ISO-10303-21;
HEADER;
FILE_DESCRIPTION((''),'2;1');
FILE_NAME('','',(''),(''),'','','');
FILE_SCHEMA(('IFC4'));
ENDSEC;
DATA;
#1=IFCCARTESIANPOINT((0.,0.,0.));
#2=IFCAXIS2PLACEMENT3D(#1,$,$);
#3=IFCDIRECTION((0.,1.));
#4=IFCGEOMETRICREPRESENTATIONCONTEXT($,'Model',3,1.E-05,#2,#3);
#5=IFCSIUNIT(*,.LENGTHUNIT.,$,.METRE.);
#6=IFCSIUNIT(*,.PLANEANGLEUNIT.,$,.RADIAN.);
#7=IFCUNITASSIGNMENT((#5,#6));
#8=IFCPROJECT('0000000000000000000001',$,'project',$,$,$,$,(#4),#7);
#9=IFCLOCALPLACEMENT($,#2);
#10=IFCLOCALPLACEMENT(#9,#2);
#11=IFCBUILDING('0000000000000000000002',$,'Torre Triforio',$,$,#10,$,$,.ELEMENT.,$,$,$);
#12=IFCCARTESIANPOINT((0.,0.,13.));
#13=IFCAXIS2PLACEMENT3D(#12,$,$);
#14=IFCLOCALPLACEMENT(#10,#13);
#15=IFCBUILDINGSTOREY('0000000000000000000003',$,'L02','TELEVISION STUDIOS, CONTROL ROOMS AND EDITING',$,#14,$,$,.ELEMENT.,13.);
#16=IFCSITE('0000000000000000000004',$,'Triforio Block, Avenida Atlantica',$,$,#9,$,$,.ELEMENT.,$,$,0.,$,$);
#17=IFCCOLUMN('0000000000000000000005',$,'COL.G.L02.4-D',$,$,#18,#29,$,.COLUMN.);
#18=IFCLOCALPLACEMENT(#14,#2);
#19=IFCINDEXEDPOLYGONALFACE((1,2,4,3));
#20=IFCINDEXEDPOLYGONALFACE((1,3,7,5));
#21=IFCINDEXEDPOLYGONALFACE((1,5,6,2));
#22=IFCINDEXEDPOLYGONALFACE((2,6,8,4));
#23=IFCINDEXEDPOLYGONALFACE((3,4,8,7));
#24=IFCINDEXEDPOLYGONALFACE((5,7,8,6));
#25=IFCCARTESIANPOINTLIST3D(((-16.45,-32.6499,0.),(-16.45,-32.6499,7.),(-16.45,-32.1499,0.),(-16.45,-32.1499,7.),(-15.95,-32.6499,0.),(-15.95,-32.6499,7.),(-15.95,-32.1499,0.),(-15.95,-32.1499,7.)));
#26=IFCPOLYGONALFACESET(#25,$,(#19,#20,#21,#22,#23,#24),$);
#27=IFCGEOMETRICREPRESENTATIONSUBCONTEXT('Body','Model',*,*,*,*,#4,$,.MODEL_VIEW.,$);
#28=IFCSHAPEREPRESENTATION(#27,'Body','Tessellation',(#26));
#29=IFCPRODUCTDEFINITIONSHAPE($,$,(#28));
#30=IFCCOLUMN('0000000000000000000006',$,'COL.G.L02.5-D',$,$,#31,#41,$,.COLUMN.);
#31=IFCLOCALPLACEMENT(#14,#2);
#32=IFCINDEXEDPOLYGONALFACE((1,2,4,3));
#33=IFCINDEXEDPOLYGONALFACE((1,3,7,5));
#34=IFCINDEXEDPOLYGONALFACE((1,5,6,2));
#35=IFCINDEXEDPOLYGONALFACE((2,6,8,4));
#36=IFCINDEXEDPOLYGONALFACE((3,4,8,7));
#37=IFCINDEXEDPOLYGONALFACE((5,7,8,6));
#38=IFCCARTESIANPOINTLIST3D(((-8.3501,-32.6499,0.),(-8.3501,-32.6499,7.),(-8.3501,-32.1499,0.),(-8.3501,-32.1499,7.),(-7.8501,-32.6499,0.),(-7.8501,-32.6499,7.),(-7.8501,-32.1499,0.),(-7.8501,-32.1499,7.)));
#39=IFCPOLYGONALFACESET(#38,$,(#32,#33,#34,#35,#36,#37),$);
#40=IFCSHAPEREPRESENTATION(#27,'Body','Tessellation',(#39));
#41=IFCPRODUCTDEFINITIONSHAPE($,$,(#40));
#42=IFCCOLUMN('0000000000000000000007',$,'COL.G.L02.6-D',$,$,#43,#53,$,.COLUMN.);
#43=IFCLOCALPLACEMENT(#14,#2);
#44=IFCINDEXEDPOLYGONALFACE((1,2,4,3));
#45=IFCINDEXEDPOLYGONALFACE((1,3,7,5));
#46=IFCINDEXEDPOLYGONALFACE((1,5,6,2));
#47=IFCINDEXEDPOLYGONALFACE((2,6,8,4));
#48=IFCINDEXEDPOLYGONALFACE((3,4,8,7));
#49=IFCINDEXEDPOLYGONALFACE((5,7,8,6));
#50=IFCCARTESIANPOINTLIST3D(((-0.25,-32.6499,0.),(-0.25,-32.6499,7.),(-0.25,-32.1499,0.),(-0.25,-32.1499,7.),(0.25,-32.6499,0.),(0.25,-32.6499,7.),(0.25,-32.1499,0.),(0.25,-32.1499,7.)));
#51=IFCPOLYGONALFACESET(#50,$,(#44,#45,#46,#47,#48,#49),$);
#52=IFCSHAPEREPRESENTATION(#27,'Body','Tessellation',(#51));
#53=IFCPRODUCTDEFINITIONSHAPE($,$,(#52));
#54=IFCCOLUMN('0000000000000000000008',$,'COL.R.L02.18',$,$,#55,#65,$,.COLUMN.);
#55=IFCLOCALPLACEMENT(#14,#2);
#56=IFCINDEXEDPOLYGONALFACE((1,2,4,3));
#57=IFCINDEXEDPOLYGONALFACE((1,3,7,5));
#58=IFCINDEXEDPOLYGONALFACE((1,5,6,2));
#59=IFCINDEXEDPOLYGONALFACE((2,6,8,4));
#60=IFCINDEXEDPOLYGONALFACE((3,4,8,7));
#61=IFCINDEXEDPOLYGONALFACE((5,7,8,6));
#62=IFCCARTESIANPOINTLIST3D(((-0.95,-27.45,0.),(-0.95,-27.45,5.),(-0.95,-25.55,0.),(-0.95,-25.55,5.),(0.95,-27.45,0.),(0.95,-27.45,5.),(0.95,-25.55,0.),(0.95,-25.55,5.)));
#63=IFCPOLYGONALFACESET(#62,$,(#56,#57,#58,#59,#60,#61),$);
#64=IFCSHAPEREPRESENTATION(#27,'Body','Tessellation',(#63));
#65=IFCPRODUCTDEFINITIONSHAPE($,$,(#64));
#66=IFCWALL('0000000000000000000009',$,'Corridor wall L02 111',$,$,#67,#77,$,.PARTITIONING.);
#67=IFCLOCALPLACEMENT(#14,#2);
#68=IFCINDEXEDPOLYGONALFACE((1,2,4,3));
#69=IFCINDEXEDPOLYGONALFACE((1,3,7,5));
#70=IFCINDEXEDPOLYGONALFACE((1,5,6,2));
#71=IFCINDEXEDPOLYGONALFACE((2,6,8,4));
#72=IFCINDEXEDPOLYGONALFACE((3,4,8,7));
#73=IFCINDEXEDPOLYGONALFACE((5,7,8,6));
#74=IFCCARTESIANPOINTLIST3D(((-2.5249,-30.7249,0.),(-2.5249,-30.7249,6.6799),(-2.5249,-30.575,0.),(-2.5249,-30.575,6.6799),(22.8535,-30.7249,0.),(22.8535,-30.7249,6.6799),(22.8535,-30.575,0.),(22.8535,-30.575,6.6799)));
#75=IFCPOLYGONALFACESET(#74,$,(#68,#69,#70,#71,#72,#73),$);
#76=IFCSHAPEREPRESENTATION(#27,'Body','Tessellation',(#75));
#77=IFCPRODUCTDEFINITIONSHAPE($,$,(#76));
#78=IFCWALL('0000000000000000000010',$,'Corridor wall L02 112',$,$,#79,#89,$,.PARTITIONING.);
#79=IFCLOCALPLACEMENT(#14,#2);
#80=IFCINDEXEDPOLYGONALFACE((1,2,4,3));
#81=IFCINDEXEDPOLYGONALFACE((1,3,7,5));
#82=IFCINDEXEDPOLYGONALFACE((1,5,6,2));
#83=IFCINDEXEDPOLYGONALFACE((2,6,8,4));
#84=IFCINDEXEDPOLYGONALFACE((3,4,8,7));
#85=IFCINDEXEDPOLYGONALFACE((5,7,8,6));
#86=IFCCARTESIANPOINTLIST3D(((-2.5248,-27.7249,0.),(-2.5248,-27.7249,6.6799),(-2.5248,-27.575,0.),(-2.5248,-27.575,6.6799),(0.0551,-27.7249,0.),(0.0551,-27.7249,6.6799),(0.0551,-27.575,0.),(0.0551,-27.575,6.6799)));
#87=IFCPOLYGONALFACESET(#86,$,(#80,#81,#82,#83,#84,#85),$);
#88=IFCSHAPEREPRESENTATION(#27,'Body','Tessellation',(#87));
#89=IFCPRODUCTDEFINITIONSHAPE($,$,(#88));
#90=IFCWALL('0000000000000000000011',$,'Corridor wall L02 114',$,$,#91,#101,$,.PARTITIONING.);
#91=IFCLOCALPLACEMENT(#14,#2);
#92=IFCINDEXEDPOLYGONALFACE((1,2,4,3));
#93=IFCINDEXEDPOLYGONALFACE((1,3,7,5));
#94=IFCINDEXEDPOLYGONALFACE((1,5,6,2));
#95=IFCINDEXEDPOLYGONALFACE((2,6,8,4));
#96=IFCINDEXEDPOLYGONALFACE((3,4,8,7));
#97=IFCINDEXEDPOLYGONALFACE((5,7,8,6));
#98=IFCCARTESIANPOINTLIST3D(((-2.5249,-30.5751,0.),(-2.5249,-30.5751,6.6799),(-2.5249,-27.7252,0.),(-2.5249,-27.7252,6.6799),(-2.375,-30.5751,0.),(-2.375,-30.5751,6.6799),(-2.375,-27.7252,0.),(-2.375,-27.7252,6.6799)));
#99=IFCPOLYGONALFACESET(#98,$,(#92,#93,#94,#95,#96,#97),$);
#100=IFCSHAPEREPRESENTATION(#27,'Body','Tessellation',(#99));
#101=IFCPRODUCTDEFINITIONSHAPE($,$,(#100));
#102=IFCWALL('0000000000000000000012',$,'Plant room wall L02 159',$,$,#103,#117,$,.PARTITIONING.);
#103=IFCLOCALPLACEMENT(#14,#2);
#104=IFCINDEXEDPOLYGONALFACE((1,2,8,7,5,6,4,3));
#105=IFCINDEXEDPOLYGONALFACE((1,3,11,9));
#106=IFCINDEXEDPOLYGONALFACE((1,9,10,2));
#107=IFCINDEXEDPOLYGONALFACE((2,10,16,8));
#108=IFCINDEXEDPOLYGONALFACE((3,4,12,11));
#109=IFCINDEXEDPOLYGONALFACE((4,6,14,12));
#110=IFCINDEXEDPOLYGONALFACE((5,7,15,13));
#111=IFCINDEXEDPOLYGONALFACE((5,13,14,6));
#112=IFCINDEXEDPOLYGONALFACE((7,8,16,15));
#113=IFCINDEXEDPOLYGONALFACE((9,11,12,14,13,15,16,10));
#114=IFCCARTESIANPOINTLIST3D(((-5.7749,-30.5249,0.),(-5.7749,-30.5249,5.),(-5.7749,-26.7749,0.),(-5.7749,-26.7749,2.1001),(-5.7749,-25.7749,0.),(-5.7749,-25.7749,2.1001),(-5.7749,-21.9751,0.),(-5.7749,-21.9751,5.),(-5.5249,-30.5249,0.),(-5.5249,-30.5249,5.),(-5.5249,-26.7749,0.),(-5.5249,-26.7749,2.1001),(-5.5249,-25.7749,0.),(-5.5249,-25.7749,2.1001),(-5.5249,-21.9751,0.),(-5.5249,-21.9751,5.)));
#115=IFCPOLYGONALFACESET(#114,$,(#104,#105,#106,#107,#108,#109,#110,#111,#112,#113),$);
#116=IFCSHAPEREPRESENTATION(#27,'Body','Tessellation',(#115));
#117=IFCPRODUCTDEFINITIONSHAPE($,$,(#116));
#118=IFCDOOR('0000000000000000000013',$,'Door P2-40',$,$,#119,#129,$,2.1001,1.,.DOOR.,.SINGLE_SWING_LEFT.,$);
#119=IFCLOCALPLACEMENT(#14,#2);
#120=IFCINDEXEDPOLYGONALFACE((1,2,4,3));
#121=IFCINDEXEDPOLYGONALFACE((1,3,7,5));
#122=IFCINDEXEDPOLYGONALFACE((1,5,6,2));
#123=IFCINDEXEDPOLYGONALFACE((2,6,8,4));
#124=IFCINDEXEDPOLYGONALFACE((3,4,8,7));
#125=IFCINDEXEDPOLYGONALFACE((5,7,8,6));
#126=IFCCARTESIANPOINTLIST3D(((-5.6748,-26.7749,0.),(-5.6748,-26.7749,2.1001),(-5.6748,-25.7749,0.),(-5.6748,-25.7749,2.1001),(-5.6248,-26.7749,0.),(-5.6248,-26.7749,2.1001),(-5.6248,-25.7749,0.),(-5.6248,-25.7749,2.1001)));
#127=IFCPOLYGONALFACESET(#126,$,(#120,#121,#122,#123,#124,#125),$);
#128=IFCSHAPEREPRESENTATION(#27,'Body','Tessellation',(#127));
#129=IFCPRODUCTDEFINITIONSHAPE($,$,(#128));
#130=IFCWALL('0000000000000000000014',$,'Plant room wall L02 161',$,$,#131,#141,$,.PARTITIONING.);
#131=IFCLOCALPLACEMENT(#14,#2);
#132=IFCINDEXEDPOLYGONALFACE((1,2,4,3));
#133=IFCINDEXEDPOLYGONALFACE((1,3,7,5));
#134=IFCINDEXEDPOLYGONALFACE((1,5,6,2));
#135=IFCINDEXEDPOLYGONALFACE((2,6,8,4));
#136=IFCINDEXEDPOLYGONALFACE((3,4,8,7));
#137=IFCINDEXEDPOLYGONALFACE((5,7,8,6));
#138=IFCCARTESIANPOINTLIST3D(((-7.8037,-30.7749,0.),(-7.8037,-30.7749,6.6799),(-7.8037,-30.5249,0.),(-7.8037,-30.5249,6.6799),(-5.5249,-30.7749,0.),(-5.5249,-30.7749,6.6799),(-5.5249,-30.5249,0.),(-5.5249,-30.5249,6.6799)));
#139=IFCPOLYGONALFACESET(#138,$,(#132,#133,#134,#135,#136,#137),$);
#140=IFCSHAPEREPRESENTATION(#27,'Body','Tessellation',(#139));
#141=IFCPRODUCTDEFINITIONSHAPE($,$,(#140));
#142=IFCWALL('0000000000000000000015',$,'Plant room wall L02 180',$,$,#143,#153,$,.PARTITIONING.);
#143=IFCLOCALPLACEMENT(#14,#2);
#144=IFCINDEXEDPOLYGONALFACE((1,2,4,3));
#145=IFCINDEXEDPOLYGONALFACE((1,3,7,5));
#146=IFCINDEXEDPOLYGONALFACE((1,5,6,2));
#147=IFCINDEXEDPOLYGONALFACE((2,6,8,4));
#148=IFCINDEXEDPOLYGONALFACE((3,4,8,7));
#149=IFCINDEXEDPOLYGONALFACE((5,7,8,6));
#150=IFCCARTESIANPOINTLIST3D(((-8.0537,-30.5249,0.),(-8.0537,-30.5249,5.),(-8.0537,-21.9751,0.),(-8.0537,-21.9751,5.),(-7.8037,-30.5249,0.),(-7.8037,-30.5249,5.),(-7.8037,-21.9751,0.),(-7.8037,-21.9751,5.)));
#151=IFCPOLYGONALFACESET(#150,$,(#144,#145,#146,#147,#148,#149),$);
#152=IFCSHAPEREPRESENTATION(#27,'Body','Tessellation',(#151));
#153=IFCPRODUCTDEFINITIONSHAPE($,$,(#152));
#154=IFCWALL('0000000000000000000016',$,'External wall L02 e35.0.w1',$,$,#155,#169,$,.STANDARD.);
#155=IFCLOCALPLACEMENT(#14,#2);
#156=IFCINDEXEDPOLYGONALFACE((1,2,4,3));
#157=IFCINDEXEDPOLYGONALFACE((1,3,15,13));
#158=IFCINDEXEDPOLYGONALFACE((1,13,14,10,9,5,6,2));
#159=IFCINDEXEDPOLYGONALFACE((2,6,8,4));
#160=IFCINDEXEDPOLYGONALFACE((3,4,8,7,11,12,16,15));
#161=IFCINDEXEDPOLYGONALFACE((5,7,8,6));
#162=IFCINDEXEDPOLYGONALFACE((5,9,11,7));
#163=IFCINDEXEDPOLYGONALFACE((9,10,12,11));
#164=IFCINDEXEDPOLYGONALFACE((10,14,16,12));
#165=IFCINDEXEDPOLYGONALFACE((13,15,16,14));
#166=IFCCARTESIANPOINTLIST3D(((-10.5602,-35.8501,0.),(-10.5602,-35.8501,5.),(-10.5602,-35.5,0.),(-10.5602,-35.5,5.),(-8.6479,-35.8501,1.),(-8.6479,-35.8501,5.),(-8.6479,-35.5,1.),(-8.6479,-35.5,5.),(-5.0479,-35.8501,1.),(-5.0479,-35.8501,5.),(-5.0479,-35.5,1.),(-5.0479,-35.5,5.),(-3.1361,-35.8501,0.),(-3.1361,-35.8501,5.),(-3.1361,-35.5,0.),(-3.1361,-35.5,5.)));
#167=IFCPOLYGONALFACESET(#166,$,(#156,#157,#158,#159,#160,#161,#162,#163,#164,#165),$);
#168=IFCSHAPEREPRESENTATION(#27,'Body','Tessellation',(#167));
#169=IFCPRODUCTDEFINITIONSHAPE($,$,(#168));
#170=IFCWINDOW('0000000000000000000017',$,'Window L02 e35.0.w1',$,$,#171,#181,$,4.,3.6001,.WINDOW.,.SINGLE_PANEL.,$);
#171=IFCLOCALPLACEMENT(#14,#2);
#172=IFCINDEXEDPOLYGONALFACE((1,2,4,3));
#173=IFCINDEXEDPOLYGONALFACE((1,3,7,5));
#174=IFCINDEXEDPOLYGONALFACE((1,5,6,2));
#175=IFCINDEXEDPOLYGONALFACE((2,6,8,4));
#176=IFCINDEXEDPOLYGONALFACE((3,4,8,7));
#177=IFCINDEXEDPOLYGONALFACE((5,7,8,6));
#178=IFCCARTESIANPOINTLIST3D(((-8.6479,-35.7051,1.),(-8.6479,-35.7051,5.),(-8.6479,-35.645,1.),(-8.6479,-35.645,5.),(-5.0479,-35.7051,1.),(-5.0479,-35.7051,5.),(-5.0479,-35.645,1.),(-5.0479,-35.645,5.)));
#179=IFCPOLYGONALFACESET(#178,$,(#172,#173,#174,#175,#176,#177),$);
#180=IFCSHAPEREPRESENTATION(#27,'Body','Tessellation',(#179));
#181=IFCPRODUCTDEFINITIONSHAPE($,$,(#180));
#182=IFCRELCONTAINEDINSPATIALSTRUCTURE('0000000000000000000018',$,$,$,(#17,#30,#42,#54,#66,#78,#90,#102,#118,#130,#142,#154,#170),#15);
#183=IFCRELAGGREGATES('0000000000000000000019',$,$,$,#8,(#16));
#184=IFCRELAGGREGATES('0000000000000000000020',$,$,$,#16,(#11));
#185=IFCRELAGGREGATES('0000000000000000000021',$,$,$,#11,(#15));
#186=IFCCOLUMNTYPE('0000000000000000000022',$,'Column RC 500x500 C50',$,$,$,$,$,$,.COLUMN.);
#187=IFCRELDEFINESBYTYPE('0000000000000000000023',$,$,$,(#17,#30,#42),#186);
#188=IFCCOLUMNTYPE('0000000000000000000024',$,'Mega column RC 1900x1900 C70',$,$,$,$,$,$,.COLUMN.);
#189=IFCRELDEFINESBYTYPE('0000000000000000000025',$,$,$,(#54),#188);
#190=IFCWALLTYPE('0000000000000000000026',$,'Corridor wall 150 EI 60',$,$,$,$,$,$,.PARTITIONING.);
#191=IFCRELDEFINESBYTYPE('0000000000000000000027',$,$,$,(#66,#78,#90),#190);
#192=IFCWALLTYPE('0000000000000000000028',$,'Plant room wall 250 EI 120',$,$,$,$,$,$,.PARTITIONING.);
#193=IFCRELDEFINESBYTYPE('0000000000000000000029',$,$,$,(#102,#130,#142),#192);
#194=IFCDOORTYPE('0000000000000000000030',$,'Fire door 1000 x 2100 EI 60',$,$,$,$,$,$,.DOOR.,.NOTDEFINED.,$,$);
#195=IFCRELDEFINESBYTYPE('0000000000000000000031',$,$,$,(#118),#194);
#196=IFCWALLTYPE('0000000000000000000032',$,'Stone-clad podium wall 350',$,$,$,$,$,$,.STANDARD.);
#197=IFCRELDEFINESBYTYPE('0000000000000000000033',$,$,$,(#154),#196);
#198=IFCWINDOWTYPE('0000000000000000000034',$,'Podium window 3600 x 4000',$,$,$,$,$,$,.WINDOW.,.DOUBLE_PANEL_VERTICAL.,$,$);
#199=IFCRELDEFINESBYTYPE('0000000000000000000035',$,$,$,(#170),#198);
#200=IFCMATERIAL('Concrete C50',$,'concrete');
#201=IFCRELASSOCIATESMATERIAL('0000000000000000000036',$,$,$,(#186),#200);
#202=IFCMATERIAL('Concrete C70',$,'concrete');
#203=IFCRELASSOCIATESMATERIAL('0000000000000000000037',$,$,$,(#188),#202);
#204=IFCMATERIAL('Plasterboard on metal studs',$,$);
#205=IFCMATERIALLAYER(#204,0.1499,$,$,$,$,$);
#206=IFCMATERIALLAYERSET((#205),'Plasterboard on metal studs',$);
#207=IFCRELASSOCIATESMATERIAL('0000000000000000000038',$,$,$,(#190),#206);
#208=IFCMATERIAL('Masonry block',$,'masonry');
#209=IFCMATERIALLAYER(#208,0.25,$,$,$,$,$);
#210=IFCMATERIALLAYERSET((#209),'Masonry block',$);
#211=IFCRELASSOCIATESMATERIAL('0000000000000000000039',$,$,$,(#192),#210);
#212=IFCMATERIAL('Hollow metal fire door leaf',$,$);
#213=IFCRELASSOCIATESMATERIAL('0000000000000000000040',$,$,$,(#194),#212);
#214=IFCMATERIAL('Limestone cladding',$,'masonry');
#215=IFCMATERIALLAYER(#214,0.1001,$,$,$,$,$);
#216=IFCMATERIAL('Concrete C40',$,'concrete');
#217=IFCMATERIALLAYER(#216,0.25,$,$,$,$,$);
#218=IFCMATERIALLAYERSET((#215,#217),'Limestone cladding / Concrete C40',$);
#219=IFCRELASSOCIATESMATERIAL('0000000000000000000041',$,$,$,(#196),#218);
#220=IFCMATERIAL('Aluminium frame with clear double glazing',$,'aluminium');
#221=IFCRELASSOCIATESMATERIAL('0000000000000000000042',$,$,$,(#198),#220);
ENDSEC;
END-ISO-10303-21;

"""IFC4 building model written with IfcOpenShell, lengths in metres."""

from ifc_helpers import new_model, si_unit, direction, frame, frame_2d, origin, origin_2d, place, context, subcontext, project, spatial, rectangle, extrude, material, layer, layer_set, material_profile, profile_set, type_object, element, fill, save


model = new_model("IFC4")

# Units and contexts
model_context = context("Model", 3, precision=1e-05, world=origin(), true_north=direction((0.0, 1.0)))
body_context = subcontext(model_context, "Body", "Model", "MODEL_VIEW")
ifc_project = project(units=[si_unit("LENGTHUNIT", "METRE"), si_unit("PLANEANGLEUNIT", "RADIAN")], contexts=[model_context])

# Site, building, storey
site_placement = place(None, origin())
site = spatial("IfcSite", under=ifc_project, at=site_placement, Name="Triforio Block, Avenida Atlantica", CompositionType="ELEMENT", RefElevation=0.0)
building_placement = place(site_placement, origin())
building = spatial("IfcBuilding", under=site, at=building_placement, Name="Torre Triforio", CompositionType="ELEMENT")
storey_placement = place(building_placement, frame((0.0, 0.0, 13.0)))
storey = spatial("IfcBuildingStorey", under=building, at=storey_placement, Name="L02", Description="TELEVISION STUDIOS, CONTROL ROOMS AND EDITING", CompositionType="ELEMENT", Elevation=13.0)

# Columns
ifc_material_1 = material(Name="Concrete C50", Category="concrete")
ifc_material_profile_1 = material_profile(ifc_material_1, rectangle(XDim=0.5, YDim=0.5, at=origin_2d()), Name="RC 500x500")
ifc_profile_set_1 = profile_set([ifc_material_profile_1], Name="Concrete C50")
column_type_1 = type_object("IfcColumnType", Name="Column RC 500x500 C50", PredefinedType="COLUMN", material=ifc_profile_set_1)
for number, where, z_axis, x_axis, name in (
    (1, (-16.2, -32.3999, 0.0), (0.0, 0.0, 1.0), (1.0, 0.0, 0.0), "COL.G.L02.4-D"),
    (2, (-8.1001, -32.3999, 0.0), (0.0, 0.0, 1.0), (1.0, 0.0, 0.0), "COL.G.L02.5-D"),
    (3, (0.0, -32.3999, 0.0), (0.0, 0.0, 1.0), (1.0, 0.0, 0.0), "COL.G.L02.6-D"),
):
    element("IfcColumn", number, at=place(storey_placement, frame(where, z_axis=z_axis, x_axis=x_axis)), inside=storey, type_object=column_type_1, Name=name, PredefinedType="COLUMN", context=body_context, shape_type="SweptSolid", body=[
        extrude(rectangle(XDim=0.5, YDim=0.5, at=origin_2d()), origin(), (0.0, 0.0, 1.0), 7.0),
    ])
ifc_material_2 = material(Name="Concrete C70", Category="concrete")
ifc_material_profile_2 = material_profile(ifc_material_2, rectangle(XDim=1.8999, YDim=1.8999, at=origin_2d()), Name="RC 1900x1900")
ifc_profile_set_2 = profile_set([ifc_material_profile_2], Name="Concrete C70")
column_type_2 = type_object("IfcColumnType", Name="Mega column RC 1900x1900 C70", PredefinedType="COLUMN", material=ifc_profile_set_2)
column_placement = place(storey_placement, frame((0.0, -26.5, 0.0), z_axis=(0.0, 0.0, 1.0), x_axis=(1.0, 0.0, 0.0)))
element("IfcColumn", 4, at=column_placement, inside=storey, type_object=column_type_2, Name="COL.R.L02.18", PredefinedType="COLUMN", context=body_context, shape_type="SweptSolid", body=[
    extrude(rectangle(XDim=1.8999, YDim=1.8999, at=origin_2d()), origin(), (0.0, 0.0, 1.0), 5.0),
])

# Walls
ifc_material_3 = material(Name="Plasterboard on metal studs")
ifc_layer_1 = layer(ifc_material_3, 0.1499)
ifc_layer_set_1 = layer_set([ifc_layer_1], Name="Plasterboard on metal studs")
wall_type_1 = type_object("IfcWallType", Name="Corridor wall 150 EI 60", PredefinedType="PARTITIONING", material=ifc_layer_set_1)
wall_1_placement = place(storey_placement, frame((-2.5249, -30.6499, 0.0), z_axis=(0.0, 0.0, 1.0), x_axis=(1.0, 0.0, 0.0)))
element("IfcWall", 5, at=wall_1_placement, inside=storey, type_object=wall_type_1, Name="Corridor wall L02 111", PredefinedType="PARTITIONING", context=body_context, shape_type="SweptSolid", body=[
    extrude(rectangle(XDim=25.3784, YDim=0.1499, at=frame_2d((12.6892, 0.0))), origin(), (0.0, 0.0, 1.0), 6.6799),
])
wall_2_placement = place(storey_placement, frame((-2.5249, -27.6499, 0.0), z_axis=(0.0, 0.0, 1.0), x_axis=(1.0, 0.0, 0.0)))
element("IfcWall", 6, at=wall_2_placement, inside=storey, type_object=wall_type_1, Name="Corridor wall L02 112", PredefinedType="PARTITIONING", context=body_context, shape_type="SweptSolid", body=[
    extrude(rectangle(XDim=2.5798, YDim=0.1499, at=frame_2d((1.29, 0.0))), origin(), (0.0, 0.0, 1.0), 6.6799),
])
wall_3_placement = place(storey_placement, frame((-2.45, -30.575, 0.0), z_axis=(0.0, 0.0, 1.0), x_axis=(0.0, 1.0, 0.0)))
element("IfcWall", 7, at=wall_3_placement, inside=storey, type_object=wall_type_1, Name="Corridor wall L02 114", PredefinedType="PARTITIONING", context=body_context, shape_type="SweptSolid", body=[
    extrude(rectangle(XDim=2.8499, YDim=0.1499, at=frame_2d((1.4248, 0.0))), origin(), (0.0, 0.0, 1.0), 6.6799),
])

# Wall, opening, door
ifc_material_4 = material(Name="Masonry block", Category="masonry")
ifc_layer_2 = layer(ifc_material_4, 0.25)
ifc_layer_set_2 = layer_set([ifc_layer_2], Name="Masonry block")
wall_type_2 = type_object("IfcWallType", Name="Plant room wall 250 EI 120", PredefinedType="PARTITIONING", material=ifc_layer_set_2)
wall_4_placement = place(storey_placement, frame((-5.6499, -30.5249, 0.0), z_axis=(0.0, 0.0, 1.0), x_axis=(0.0, 1.0, 0.0)))
wall_4 = element("IfcWall", 8, at=wall_4_placement, inside=storey, type_object=wall_type_2, Name="Plant room wall L02 159", PredefinedType="PARTITIONING", context=body_context, shape_type="SweptSolid", body=[
    extrude(rectangle(XDim=8.5498, YDim=0.25, at=frame_2d((4.2749, 0.0))), origin(), (0.0, 0.0, 1.0), 5.0),
])
opening_1_placement = place(wall_4_placement, frame((3.75, 0.0, 0.0)))
opening_1 = element("IfcOpeningElement", 9, at=opening_1_placement, cuts=wall_4, PredefinedType="OPENING", context=body_context, shape_type="SweptSolid", body=[
    extrude(rectangle(XDim=1.0, YDim=2.1001, at=frame_2d((0.5, 1.05))), frame((0.0, 0.135, 0.0), z_axis=(0.0, -1.0, 0.0), x_axis=(1.0, 0.0, 0.0)), (0.0, 0.0, 1.0), 0.27),
])
ifc_material_5 = material(Name="Hollow metal fire door leaf")
door_type_1 = type_object("IfcDoorType", Name="Fire door 1000 x 2100 EI 60", OperationType="NOTDEFINED", PredefinedType="DOOR", material=ifc_material_5)
door_1_placement = place(opening_1_placement, origin())
door_1 = element("IfcDoor", 10, at=door_1_placement, inside=storey, type_object=door_type_1, Name="Door P2-40", OperationType="SINGLE_SWING_LEFT", OverallHeight=2.1001, OverallWidth=1.0, PredefinedType="DOOR", context=body_context, shape_type="SweptSolid", body=[
    extrude(rectangle(XDim=1.0, YDim=2.1001, at=frame_2d((0.5, 1.05))), frame((0.0, 0.0249, 0.0), z_axis=(0.0, -1.0, 0.0), x_axis=(1.0, 0.0, 0.0)), (0.0, 0.0, 1.0), 0.05),
])
fill(opening_1, door_1)

# Walls
wall_5_placement = place(storey_placement, frame((-7.8037, -30.6499, 0.0), z_axis=(0.0, 0.0, 1.0), x_axis=(1.0, 0.0, 0.0)))
element("IfcWall", 11, at=wall_5_placement, inside=storey, type_object=wall_type_2, Name="Plant room wall L02 161", PredefinedType="PARTITIONING", context=body_context, shape_type="SweptSolid", body=[
    extrude(rectangle(XDim=2.2788, YDim=0.25, at=frame_2d((1.1394, 0.0))), origin(), (0.0, 0.0, 1.0), 6.6799),
])
wall_6_placement = place(storey_placement, frame((-7.9287, -30.5249, 0.0), z_axis=(0.0, 0.0, 1.0), x_axis=(0.0, 1.0, 0.0)))
element("IfcWall", 12, at=wall_6_placement, inside=storey, type_object=wall_type_2, Name="Plant room wall L02 180", PredefinedType="PARTITIONING", context=body_context, shape_type="SweptSolid", body=[
    extrude(rectangle(XDim=8.5498, YDim=0.25, at=frame_2d((4.2749, 0.0))), origin(), (0.0, 0.0, 1.0), 5.0),
])

# Wall, opening, window
ifc_material_6 = material(Name="Limestone cladding", Category="masonry")
ifc_layer_3 = layer(ifc_material_6, 0.1001)
ifc_material_7 = material(Name="Concrete C40", Category="concrete")
ifc_layer_4 = layer(ifc_material_7, 0.25)
ifc_layer_set_3 = layer_set([ifc_layer_3, ifc_layer_4], Name="Limestone cladding / Concrete C40")
wall_type_3 = type_object("IfcWallType", Name="Stone-clad podium wall 350", PredefinedType="STANDARD", material=ifc_layer_set_3)
wall_7_placement = place(storey_placement, frame((-10.5601, -35.675, 0.0), z_axis=(0.0, 0.0, 1.0), x_axis=(1.0, 0.0, 0.0)))
wall_7 = element("IfcWall", 13, at=wall_7_placement, inside=storey, type_object=wall_type_3, Name="External wall L02 e35.0.w1", PredefinedType="STANDARD", context=body_context, shape_type="SweptSolid", body=[
    extrude(rectangle(XDim=7.4241, YDim=0.3501, at=frame_2d((3.7119, 0.0))), origin(), (0.0, 0.0, 1.0), 5.0),
])
opening_2_placement = place(wall_7_placement, frame((1.9121, 0.0, 1.0)))
opening_2 = element("IfcOpeningElement", 14, at=opening_2_placement, cuts=wall_7, PredefinedType="OPENING", context=body_context, shape_type="SweptSolid", body=[
    extrude(rectangle(XDim=3.6001, YDim=4.0, at=frame_2d((1.8, 2.0))), frame((0.0, 0.1851, 0.0), z_axis=(0.0, -1.0, 0.0), x_axis=(1.0, 0.0, 0.0)), (0.0, 0.0, 1.0), 0.3701),
])
ifc_material_8 = material(Name="Aluminium frame with clear double glazing", Category="aluminium")
window_type = type_object("IfcWindowType", Name="Podium window 3600 x 4000", PartitioningType="DOUBLE_PANEL_VERTICAL", PredefinedType="WINDOW", material=ifc_material_8)
window_1_placement = place(opening_2_placement, origin())
window_1 = element("IfcWindow", 15, at=window_1_placement, inside=storey, type_object=window_type, Name="Window L02 e35.0.w1", OverallHeight=4.0, OverallWidth=3.6001, PartitioningType="SINGLE_PANEL", PredefinedType="WINDOW", context=body_context, shape_type="SweptSolid", body=[
    extrude(rectangle(XDim=3.6001, YDim=4.0, at=frame_2d((1.8, 2.0))), frame((0.0, 0.03, 0.0), z_axis=(0.0, -1.0, 0.0), x_axis=(1.0, 0.0, 0.0)), (0.0, 0.0, 1.0), 0.0601),
])
fill(opening_2, window_1)

save(model, "model.ifc")
